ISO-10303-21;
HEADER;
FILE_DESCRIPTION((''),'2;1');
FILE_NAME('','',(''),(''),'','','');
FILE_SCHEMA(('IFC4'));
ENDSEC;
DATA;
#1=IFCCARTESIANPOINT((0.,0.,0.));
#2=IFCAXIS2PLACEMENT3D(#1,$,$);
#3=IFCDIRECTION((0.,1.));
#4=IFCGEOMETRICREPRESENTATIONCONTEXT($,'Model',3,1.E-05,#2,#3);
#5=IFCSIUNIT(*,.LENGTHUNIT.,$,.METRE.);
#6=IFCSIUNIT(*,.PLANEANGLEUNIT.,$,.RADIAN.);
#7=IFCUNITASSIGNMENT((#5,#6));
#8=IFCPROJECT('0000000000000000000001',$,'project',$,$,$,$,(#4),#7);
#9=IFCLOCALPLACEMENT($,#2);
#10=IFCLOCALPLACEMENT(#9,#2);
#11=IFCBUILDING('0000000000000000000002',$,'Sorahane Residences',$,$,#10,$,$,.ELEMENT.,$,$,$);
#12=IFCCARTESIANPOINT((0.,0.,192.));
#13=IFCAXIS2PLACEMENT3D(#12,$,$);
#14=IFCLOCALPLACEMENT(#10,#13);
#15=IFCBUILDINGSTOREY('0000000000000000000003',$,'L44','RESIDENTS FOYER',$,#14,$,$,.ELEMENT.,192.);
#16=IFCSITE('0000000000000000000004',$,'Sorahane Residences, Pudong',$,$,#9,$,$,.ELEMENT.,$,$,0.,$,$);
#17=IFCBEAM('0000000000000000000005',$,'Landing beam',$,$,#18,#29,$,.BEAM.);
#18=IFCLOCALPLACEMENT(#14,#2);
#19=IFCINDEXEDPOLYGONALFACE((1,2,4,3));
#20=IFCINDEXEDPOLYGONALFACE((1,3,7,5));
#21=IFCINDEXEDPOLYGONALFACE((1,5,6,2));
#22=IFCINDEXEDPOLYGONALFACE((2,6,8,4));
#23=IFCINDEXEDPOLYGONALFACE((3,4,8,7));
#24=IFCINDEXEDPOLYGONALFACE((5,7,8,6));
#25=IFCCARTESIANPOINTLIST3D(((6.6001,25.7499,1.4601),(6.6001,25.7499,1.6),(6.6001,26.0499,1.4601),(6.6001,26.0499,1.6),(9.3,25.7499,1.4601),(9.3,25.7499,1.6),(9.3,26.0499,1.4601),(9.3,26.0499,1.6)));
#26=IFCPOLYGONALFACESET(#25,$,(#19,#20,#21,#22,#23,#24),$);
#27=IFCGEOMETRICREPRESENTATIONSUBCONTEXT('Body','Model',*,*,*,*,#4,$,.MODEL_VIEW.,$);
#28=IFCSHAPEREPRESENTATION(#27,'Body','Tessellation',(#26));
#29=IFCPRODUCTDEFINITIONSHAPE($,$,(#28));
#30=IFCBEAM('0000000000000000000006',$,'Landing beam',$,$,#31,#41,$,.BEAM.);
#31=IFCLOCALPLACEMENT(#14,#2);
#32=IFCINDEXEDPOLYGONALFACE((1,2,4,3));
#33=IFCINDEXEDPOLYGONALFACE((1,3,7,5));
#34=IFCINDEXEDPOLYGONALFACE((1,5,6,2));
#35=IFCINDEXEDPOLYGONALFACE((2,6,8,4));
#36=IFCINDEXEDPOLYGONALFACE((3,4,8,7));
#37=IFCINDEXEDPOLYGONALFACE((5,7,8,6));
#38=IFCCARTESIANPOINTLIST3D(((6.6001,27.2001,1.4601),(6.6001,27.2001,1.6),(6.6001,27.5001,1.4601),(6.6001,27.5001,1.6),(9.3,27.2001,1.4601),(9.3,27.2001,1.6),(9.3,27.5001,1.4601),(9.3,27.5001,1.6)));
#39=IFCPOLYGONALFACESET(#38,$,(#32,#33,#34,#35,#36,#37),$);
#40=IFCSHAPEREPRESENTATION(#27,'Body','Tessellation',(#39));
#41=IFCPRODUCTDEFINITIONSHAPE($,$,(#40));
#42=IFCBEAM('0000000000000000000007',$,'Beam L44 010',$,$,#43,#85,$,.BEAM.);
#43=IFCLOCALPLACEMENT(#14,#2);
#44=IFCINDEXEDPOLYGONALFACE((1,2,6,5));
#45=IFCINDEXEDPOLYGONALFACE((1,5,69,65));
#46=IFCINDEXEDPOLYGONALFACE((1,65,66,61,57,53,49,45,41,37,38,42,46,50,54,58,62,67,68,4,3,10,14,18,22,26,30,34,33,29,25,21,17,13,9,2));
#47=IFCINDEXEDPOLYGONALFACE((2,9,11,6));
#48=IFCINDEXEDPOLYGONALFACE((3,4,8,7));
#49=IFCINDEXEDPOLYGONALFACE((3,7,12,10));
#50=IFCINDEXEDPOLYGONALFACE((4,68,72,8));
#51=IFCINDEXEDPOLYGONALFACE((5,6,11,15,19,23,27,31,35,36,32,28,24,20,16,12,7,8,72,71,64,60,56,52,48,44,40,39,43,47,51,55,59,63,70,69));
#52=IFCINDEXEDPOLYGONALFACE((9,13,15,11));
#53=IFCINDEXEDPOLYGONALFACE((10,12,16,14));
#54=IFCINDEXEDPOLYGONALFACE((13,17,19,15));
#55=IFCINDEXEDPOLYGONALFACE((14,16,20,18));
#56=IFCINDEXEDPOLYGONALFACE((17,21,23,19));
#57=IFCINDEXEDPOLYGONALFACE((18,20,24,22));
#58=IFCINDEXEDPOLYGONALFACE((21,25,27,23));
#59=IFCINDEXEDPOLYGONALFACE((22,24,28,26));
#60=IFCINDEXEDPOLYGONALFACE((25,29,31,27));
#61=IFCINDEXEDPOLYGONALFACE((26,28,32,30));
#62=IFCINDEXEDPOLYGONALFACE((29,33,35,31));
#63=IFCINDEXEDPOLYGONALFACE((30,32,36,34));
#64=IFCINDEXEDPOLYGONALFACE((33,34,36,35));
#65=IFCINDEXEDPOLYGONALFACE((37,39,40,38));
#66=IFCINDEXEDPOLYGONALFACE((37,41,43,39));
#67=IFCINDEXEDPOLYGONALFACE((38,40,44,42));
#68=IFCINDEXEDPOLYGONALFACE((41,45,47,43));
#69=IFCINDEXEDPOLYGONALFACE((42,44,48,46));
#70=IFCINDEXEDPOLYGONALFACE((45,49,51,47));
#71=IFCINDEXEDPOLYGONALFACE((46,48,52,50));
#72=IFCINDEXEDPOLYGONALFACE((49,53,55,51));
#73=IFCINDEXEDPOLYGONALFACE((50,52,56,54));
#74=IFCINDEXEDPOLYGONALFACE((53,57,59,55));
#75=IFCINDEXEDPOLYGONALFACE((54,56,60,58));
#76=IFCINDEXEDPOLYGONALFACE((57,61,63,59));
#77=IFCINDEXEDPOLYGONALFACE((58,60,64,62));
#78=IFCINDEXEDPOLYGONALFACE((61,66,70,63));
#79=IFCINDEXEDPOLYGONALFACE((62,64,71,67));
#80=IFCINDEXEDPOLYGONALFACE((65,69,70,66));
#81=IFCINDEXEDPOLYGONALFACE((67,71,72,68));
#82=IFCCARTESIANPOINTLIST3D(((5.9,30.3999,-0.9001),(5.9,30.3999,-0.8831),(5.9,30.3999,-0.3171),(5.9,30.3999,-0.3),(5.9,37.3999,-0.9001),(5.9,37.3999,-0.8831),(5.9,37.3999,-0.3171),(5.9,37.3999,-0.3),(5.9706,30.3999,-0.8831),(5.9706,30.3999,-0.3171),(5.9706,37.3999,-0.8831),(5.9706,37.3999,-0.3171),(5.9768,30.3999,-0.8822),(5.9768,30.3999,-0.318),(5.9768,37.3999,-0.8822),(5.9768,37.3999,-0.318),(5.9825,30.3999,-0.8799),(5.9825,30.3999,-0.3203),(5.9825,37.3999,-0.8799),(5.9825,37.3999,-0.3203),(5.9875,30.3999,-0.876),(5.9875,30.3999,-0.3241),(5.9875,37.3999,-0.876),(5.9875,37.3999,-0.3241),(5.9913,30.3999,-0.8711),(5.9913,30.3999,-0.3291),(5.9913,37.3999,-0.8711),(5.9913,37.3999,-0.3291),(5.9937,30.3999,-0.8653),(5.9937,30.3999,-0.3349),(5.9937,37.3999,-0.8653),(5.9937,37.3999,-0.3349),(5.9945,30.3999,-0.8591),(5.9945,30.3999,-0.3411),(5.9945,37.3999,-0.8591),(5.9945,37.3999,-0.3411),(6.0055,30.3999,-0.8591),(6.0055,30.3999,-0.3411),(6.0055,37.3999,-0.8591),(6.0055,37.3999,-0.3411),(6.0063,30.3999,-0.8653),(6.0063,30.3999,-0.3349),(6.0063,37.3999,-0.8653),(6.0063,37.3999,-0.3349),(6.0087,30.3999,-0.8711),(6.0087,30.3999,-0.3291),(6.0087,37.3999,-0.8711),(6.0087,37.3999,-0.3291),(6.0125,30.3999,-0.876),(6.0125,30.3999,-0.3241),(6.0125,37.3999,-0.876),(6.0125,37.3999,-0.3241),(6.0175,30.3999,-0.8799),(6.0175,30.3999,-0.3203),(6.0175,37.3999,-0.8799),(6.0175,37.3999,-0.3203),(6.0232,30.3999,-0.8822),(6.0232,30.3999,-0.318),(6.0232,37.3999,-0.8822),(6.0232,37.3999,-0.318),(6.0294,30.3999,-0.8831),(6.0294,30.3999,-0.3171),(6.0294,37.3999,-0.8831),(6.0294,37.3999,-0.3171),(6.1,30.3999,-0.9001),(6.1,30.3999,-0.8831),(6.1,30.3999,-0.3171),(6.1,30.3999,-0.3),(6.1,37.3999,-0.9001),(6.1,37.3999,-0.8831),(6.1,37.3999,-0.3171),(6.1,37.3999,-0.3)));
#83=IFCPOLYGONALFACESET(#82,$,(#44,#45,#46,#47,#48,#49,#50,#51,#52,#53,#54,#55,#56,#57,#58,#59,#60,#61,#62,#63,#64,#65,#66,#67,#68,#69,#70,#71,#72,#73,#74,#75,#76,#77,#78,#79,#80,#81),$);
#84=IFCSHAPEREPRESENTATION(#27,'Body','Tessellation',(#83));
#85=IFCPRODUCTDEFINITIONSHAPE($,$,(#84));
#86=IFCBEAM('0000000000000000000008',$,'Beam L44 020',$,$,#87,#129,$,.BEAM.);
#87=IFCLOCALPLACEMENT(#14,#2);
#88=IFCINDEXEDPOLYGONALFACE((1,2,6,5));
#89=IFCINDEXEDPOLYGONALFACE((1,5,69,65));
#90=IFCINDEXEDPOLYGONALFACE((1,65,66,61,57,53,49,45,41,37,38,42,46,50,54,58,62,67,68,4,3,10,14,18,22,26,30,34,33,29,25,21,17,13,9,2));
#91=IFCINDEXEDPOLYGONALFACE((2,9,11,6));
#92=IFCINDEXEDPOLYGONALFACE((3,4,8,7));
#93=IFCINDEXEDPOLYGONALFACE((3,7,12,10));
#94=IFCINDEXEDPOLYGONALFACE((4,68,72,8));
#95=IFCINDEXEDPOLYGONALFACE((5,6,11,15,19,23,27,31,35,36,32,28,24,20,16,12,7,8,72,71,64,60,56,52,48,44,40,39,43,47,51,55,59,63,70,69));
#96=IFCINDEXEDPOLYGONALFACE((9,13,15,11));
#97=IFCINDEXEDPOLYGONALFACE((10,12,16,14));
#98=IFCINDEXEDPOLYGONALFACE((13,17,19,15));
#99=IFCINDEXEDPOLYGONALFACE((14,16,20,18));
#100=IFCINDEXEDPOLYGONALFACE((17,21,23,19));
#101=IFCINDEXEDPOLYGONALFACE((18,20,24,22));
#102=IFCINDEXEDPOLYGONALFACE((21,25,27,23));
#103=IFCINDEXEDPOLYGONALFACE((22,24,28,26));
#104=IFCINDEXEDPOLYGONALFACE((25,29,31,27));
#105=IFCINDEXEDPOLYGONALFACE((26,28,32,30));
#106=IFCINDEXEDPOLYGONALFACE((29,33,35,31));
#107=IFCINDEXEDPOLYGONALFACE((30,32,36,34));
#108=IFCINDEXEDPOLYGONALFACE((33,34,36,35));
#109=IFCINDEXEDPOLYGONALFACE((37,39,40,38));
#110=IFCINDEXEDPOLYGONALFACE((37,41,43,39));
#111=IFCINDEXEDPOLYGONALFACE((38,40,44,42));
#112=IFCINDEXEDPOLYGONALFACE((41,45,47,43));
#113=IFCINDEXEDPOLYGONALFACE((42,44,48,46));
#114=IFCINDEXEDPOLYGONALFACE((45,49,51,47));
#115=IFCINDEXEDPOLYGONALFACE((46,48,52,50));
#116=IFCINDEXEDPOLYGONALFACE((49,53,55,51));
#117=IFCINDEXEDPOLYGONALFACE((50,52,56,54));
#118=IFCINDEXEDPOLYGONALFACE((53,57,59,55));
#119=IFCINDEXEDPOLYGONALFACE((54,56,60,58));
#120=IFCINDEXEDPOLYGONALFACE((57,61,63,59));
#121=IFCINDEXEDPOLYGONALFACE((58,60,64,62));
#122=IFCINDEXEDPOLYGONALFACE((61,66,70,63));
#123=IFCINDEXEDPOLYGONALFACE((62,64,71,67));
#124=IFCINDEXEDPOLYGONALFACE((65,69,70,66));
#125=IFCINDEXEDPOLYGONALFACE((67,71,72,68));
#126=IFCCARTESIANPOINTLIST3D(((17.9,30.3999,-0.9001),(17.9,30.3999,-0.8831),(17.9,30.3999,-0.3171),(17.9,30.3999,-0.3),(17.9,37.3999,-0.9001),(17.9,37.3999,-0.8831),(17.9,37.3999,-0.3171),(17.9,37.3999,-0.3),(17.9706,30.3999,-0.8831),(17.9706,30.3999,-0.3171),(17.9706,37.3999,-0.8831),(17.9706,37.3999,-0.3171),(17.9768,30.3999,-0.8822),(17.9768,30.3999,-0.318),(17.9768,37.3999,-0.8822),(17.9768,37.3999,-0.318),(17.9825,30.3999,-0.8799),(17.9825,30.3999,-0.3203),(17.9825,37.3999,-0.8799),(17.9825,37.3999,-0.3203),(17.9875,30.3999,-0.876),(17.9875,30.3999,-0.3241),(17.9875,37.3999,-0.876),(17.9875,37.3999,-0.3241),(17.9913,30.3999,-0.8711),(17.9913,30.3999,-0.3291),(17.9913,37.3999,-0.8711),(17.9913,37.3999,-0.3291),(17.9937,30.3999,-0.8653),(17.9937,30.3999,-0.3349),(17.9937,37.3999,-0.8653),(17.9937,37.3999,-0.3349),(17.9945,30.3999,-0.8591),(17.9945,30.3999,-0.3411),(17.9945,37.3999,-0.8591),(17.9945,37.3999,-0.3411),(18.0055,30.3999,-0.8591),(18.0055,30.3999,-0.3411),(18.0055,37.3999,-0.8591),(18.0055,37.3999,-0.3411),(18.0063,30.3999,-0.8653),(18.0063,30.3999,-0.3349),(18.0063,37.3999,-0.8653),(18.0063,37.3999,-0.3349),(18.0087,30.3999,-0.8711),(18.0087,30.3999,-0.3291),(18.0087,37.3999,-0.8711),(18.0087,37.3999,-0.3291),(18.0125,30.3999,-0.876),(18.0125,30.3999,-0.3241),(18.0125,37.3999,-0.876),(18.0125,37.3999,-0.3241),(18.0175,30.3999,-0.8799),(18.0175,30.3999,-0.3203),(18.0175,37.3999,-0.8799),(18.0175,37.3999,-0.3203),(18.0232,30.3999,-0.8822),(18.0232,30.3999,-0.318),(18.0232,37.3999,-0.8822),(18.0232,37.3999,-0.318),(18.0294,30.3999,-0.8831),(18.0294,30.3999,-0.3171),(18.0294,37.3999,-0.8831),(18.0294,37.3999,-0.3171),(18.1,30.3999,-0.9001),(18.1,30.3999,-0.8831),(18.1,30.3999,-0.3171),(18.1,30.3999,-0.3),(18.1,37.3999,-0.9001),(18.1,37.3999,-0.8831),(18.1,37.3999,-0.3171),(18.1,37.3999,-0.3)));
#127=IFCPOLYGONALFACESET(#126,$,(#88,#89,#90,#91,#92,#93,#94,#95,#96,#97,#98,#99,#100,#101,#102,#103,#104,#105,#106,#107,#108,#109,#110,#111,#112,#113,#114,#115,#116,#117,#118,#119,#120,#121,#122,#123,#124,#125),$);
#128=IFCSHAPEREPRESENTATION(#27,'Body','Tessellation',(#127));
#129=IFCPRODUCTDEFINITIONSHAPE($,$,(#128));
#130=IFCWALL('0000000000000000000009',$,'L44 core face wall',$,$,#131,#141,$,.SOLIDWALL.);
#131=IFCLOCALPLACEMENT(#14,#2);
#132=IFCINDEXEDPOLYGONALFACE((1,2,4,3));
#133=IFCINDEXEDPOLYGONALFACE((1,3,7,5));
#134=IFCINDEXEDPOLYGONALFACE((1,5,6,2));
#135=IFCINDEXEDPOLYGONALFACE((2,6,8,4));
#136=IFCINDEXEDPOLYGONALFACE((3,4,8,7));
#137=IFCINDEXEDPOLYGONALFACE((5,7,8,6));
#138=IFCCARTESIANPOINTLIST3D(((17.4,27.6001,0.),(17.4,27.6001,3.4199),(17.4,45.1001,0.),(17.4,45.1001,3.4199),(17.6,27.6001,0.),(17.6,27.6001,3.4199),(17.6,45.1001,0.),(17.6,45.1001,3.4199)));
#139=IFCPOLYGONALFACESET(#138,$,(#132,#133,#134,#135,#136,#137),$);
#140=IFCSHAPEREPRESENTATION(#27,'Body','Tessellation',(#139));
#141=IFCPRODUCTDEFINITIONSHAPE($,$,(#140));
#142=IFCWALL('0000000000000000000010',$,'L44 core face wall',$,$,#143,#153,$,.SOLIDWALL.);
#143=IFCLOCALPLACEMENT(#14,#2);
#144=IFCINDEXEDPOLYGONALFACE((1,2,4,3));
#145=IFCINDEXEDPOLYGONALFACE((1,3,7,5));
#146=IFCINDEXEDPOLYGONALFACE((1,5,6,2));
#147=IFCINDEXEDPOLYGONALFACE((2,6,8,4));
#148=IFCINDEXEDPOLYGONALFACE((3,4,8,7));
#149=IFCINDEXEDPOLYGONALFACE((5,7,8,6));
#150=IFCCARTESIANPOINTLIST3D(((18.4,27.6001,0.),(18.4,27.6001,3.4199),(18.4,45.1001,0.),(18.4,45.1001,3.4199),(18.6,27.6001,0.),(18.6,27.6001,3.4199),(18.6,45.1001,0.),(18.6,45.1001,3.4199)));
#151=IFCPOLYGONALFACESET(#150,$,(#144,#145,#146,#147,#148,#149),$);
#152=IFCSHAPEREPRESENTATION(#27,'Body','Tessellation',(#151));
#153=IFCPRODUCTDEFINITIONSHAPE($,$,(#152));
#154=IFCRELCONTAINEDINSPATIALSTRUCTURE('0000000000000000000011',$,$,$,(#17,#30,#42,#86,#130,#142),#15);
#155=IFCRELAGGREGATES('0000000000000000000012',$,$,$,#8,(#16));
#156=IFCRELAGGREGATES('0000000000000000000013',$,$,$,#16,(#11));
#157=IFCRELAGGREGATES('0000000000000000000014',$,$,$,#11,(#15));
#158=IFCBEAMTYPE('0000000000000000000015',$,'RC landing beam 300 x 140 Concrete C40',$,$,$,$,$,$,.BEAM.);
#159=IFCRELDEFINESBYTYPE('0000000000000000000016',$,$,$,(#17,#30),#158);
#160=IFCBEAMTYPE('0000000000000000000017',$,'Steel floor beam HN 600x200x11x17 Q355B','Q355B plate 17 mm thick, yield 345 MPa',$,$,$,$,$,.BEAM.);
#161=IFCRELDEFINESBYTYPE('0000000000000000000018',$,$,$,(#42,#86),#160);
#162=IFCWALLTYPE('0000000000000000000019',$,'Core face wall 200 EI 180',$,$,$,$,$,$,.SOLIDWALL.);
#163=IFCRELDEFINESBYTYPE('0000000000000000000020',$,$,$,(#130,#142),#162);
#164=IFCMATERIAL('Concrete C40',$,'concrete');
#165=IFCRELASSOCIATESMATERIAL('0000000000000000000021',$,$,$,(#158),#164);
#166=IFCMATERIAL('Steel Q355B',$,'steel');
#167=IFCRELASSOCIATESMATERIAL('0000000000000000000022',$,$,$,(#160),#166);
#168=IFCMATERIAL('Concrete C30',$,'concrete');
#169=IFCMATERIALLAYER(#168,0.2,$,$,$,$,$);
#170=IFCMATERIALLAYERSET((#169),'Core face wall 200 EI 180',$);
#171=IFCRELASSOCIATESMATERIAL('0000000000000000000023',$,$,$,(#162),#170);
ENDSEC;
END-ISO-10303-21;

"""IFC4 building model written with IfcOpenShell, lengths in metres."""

from ifc_helpers import new_model, si_unit, direction, frame, frame_2d, origin, origin_2d, place, context, subcontext, project, spatial, rectangle, i_section, extrude, material, layer, layer_set, material_profile, profile_set, type_object, element, save


model = new_model("IFC4")

# Units and contexts
model_context = context("Model", 3, precision=1e-05, world=origin(), true_north=direction((0.0, 1.0)))
body_context = subcontext(model_context, "Body", "Model", "MODEL_VIEW")
ifc_project = project(units=[si_unit("LENGTHUNIT", "METRE"), si_unit("PLANEANGLEUNIT", "RADIAN")], contexts=[model_context])

# Site, building, storey
site_placement = place(None, origin())
site = spatial("IfcSite", under=ifc_project, at=site_placement, Name="Sorahane Residences, Pudong", CompositionType="ELEMENT", RefElevation=0.0)
building_placement = place(site_placement, origin())
building = spatial("IfcBuilding", under=site, at=building_placement, Name="Sorahane Residences", CompositionType="ELEMENT")
storey_placement = place(building_placement, frame((0.0, 0.0, 192.0)))
storey = spatial("IfcBuildingStorey", under=building, at=storey_placement, Name="L44", Description="RESIDENTS FOYER", CompositionType="ELEMENT", Elevation=192.0)

# Beams
ifc_material_1 = material(Name="Concrete C40", Category="concrete")
ifc_material_profile_1 = material_profile(ifc_material_1, rectangle(XDim=0.3, YDim=0.1399, at=origin_2d()), Name="300x140")
ifc_profile_set_1 = profile_set([ifc_material_profile_1], Name="Concrete C40")
beam_type_1 = type_object("IfcBeamType", Name="RC landing beam 300 x 140 Concrete C40", PredefinedType="BEAM", material=ifc_profile_set_1)
for number, where, z_axis, x_axis, name in (
    (1, (6.6001, 25.8999, 1.53), (1.0, 0.0, 0.0), (0.0, 1.0, 0.0), "Landing beam"),
    (2, (6.6001, 27.3501, 1.53), (1.0, 0.0, 0.0), (0.0, 1.0, 0.0), "Landing beam"),
):
    element("IfcBeam", number, at=place(storey_placement, frame(where, z_axis=z_axis, x_axis=x_axis)), inside=storey, type_object=beam_type_1, Name=name, PredefinedType="BEAM", context=body_context, shape_type="SweptSolid", body=[
        extrude(rectangle(XDim=0.3, YDim=0.1399, at=origin_2d()), origin(), (0.0, 0.0, 1.0), 2.7),
    ])
ifc_material_2 = material(Name="Steel Q355B", Category="steel")
ifc_material_profile_2 = material_profile(ifc_material_2, i_section(OverallWidth=0.2, OverallDepth=0.6001, WebThickness=0.011, FlangeThickness=0.0171, FilletRadius=0.0239, at=origin_2d()), Name="HN 600x200x11x17")
ifc_profile_set_2 = profile_set([ifc_material_profile_2], Name="Steel Q355B")
beam_type_2 = type_object("IfcBeamType", Name="Steel floor beam HN 600x200x11x17 Q355B", Description="Q355B plate 17 mm thick, yield 345 MPa", PredefinedType="BEAM", material=ifc_profile_set_2)
for number, where, z_axis, x_axis, name in (
    (3, (6.0, 30.3999, -0.6001), (0.0, 1.0, 0.0), (-1.0, 0.0, 0.0), "Beam L44 010"),
    (4, (18.0, 30.3999, -0.6001), (0.0, 1.0, 0.0), (-1.0, 0.0, 0.0), "Beam L44 020"),
):
    element("IfcBeam", number, at=place(storey_placement, frame(where, z_axis=z_axis, x_axis=x_axis)), inside=storey, type_object=beam_type_2, Name=name, PredefinedType="BEAM", context=body_context, shape_type="SweptSolid", body=[
        extrude(i_section(OverallWidth=0.2, OverallDepth=0.6001, WebThickness=0.011, FlangeThickness=0.0171, FilletRadius=0.0239, at=origin_2d()), origin(), (0.0, 0.0, 1.0), 7.0),
    ])

# Walls
ifc_material_3 = material(Name="Concrete C30", Category="concrete")
ifc_layer_1 = layer(ifc_material_3, 0.2)
ifc_layer_set_1 = layer_set([ifc_layer_1], Name="Core face wall 200 EI 180")
wall_type_1 = type_object("IfcWallType", Name="Core face wall 200 EI 180", PredefinedType="SOLIDWALL", material=ifc_layer_set_1)
for number, where, z_axis, x_axis, name in (
    (5, (17.5, 27.6001, 0.0), (0.0, 0.0, 1.0), (0.0, 1.0, 0.0), "L44 core face wall"),
    (6, (18.5, 27.6001, 0.0), (0.0, 0.0, 1.0), (0.0, 1.0, 0.0), "L44 core face wall"),
):
    element("IfcWall", number, at=place(storey_placement, frame(where, z_axis=z_axis, x_axis=x_axis)), inside=storey, type_object=wall_type_1, Name=name, PredefinedType="SOLIDWALL", context=body_context, shape_type="SweptSolid", body=[
        extrude(rectangle(XDim=17.5, YDim=0.2, at=frame_2d((8.75, 0.0))), origin(), (0.0, 0.0, 1.0), 3.4199),
    ])

save(model, "model.ifc")
